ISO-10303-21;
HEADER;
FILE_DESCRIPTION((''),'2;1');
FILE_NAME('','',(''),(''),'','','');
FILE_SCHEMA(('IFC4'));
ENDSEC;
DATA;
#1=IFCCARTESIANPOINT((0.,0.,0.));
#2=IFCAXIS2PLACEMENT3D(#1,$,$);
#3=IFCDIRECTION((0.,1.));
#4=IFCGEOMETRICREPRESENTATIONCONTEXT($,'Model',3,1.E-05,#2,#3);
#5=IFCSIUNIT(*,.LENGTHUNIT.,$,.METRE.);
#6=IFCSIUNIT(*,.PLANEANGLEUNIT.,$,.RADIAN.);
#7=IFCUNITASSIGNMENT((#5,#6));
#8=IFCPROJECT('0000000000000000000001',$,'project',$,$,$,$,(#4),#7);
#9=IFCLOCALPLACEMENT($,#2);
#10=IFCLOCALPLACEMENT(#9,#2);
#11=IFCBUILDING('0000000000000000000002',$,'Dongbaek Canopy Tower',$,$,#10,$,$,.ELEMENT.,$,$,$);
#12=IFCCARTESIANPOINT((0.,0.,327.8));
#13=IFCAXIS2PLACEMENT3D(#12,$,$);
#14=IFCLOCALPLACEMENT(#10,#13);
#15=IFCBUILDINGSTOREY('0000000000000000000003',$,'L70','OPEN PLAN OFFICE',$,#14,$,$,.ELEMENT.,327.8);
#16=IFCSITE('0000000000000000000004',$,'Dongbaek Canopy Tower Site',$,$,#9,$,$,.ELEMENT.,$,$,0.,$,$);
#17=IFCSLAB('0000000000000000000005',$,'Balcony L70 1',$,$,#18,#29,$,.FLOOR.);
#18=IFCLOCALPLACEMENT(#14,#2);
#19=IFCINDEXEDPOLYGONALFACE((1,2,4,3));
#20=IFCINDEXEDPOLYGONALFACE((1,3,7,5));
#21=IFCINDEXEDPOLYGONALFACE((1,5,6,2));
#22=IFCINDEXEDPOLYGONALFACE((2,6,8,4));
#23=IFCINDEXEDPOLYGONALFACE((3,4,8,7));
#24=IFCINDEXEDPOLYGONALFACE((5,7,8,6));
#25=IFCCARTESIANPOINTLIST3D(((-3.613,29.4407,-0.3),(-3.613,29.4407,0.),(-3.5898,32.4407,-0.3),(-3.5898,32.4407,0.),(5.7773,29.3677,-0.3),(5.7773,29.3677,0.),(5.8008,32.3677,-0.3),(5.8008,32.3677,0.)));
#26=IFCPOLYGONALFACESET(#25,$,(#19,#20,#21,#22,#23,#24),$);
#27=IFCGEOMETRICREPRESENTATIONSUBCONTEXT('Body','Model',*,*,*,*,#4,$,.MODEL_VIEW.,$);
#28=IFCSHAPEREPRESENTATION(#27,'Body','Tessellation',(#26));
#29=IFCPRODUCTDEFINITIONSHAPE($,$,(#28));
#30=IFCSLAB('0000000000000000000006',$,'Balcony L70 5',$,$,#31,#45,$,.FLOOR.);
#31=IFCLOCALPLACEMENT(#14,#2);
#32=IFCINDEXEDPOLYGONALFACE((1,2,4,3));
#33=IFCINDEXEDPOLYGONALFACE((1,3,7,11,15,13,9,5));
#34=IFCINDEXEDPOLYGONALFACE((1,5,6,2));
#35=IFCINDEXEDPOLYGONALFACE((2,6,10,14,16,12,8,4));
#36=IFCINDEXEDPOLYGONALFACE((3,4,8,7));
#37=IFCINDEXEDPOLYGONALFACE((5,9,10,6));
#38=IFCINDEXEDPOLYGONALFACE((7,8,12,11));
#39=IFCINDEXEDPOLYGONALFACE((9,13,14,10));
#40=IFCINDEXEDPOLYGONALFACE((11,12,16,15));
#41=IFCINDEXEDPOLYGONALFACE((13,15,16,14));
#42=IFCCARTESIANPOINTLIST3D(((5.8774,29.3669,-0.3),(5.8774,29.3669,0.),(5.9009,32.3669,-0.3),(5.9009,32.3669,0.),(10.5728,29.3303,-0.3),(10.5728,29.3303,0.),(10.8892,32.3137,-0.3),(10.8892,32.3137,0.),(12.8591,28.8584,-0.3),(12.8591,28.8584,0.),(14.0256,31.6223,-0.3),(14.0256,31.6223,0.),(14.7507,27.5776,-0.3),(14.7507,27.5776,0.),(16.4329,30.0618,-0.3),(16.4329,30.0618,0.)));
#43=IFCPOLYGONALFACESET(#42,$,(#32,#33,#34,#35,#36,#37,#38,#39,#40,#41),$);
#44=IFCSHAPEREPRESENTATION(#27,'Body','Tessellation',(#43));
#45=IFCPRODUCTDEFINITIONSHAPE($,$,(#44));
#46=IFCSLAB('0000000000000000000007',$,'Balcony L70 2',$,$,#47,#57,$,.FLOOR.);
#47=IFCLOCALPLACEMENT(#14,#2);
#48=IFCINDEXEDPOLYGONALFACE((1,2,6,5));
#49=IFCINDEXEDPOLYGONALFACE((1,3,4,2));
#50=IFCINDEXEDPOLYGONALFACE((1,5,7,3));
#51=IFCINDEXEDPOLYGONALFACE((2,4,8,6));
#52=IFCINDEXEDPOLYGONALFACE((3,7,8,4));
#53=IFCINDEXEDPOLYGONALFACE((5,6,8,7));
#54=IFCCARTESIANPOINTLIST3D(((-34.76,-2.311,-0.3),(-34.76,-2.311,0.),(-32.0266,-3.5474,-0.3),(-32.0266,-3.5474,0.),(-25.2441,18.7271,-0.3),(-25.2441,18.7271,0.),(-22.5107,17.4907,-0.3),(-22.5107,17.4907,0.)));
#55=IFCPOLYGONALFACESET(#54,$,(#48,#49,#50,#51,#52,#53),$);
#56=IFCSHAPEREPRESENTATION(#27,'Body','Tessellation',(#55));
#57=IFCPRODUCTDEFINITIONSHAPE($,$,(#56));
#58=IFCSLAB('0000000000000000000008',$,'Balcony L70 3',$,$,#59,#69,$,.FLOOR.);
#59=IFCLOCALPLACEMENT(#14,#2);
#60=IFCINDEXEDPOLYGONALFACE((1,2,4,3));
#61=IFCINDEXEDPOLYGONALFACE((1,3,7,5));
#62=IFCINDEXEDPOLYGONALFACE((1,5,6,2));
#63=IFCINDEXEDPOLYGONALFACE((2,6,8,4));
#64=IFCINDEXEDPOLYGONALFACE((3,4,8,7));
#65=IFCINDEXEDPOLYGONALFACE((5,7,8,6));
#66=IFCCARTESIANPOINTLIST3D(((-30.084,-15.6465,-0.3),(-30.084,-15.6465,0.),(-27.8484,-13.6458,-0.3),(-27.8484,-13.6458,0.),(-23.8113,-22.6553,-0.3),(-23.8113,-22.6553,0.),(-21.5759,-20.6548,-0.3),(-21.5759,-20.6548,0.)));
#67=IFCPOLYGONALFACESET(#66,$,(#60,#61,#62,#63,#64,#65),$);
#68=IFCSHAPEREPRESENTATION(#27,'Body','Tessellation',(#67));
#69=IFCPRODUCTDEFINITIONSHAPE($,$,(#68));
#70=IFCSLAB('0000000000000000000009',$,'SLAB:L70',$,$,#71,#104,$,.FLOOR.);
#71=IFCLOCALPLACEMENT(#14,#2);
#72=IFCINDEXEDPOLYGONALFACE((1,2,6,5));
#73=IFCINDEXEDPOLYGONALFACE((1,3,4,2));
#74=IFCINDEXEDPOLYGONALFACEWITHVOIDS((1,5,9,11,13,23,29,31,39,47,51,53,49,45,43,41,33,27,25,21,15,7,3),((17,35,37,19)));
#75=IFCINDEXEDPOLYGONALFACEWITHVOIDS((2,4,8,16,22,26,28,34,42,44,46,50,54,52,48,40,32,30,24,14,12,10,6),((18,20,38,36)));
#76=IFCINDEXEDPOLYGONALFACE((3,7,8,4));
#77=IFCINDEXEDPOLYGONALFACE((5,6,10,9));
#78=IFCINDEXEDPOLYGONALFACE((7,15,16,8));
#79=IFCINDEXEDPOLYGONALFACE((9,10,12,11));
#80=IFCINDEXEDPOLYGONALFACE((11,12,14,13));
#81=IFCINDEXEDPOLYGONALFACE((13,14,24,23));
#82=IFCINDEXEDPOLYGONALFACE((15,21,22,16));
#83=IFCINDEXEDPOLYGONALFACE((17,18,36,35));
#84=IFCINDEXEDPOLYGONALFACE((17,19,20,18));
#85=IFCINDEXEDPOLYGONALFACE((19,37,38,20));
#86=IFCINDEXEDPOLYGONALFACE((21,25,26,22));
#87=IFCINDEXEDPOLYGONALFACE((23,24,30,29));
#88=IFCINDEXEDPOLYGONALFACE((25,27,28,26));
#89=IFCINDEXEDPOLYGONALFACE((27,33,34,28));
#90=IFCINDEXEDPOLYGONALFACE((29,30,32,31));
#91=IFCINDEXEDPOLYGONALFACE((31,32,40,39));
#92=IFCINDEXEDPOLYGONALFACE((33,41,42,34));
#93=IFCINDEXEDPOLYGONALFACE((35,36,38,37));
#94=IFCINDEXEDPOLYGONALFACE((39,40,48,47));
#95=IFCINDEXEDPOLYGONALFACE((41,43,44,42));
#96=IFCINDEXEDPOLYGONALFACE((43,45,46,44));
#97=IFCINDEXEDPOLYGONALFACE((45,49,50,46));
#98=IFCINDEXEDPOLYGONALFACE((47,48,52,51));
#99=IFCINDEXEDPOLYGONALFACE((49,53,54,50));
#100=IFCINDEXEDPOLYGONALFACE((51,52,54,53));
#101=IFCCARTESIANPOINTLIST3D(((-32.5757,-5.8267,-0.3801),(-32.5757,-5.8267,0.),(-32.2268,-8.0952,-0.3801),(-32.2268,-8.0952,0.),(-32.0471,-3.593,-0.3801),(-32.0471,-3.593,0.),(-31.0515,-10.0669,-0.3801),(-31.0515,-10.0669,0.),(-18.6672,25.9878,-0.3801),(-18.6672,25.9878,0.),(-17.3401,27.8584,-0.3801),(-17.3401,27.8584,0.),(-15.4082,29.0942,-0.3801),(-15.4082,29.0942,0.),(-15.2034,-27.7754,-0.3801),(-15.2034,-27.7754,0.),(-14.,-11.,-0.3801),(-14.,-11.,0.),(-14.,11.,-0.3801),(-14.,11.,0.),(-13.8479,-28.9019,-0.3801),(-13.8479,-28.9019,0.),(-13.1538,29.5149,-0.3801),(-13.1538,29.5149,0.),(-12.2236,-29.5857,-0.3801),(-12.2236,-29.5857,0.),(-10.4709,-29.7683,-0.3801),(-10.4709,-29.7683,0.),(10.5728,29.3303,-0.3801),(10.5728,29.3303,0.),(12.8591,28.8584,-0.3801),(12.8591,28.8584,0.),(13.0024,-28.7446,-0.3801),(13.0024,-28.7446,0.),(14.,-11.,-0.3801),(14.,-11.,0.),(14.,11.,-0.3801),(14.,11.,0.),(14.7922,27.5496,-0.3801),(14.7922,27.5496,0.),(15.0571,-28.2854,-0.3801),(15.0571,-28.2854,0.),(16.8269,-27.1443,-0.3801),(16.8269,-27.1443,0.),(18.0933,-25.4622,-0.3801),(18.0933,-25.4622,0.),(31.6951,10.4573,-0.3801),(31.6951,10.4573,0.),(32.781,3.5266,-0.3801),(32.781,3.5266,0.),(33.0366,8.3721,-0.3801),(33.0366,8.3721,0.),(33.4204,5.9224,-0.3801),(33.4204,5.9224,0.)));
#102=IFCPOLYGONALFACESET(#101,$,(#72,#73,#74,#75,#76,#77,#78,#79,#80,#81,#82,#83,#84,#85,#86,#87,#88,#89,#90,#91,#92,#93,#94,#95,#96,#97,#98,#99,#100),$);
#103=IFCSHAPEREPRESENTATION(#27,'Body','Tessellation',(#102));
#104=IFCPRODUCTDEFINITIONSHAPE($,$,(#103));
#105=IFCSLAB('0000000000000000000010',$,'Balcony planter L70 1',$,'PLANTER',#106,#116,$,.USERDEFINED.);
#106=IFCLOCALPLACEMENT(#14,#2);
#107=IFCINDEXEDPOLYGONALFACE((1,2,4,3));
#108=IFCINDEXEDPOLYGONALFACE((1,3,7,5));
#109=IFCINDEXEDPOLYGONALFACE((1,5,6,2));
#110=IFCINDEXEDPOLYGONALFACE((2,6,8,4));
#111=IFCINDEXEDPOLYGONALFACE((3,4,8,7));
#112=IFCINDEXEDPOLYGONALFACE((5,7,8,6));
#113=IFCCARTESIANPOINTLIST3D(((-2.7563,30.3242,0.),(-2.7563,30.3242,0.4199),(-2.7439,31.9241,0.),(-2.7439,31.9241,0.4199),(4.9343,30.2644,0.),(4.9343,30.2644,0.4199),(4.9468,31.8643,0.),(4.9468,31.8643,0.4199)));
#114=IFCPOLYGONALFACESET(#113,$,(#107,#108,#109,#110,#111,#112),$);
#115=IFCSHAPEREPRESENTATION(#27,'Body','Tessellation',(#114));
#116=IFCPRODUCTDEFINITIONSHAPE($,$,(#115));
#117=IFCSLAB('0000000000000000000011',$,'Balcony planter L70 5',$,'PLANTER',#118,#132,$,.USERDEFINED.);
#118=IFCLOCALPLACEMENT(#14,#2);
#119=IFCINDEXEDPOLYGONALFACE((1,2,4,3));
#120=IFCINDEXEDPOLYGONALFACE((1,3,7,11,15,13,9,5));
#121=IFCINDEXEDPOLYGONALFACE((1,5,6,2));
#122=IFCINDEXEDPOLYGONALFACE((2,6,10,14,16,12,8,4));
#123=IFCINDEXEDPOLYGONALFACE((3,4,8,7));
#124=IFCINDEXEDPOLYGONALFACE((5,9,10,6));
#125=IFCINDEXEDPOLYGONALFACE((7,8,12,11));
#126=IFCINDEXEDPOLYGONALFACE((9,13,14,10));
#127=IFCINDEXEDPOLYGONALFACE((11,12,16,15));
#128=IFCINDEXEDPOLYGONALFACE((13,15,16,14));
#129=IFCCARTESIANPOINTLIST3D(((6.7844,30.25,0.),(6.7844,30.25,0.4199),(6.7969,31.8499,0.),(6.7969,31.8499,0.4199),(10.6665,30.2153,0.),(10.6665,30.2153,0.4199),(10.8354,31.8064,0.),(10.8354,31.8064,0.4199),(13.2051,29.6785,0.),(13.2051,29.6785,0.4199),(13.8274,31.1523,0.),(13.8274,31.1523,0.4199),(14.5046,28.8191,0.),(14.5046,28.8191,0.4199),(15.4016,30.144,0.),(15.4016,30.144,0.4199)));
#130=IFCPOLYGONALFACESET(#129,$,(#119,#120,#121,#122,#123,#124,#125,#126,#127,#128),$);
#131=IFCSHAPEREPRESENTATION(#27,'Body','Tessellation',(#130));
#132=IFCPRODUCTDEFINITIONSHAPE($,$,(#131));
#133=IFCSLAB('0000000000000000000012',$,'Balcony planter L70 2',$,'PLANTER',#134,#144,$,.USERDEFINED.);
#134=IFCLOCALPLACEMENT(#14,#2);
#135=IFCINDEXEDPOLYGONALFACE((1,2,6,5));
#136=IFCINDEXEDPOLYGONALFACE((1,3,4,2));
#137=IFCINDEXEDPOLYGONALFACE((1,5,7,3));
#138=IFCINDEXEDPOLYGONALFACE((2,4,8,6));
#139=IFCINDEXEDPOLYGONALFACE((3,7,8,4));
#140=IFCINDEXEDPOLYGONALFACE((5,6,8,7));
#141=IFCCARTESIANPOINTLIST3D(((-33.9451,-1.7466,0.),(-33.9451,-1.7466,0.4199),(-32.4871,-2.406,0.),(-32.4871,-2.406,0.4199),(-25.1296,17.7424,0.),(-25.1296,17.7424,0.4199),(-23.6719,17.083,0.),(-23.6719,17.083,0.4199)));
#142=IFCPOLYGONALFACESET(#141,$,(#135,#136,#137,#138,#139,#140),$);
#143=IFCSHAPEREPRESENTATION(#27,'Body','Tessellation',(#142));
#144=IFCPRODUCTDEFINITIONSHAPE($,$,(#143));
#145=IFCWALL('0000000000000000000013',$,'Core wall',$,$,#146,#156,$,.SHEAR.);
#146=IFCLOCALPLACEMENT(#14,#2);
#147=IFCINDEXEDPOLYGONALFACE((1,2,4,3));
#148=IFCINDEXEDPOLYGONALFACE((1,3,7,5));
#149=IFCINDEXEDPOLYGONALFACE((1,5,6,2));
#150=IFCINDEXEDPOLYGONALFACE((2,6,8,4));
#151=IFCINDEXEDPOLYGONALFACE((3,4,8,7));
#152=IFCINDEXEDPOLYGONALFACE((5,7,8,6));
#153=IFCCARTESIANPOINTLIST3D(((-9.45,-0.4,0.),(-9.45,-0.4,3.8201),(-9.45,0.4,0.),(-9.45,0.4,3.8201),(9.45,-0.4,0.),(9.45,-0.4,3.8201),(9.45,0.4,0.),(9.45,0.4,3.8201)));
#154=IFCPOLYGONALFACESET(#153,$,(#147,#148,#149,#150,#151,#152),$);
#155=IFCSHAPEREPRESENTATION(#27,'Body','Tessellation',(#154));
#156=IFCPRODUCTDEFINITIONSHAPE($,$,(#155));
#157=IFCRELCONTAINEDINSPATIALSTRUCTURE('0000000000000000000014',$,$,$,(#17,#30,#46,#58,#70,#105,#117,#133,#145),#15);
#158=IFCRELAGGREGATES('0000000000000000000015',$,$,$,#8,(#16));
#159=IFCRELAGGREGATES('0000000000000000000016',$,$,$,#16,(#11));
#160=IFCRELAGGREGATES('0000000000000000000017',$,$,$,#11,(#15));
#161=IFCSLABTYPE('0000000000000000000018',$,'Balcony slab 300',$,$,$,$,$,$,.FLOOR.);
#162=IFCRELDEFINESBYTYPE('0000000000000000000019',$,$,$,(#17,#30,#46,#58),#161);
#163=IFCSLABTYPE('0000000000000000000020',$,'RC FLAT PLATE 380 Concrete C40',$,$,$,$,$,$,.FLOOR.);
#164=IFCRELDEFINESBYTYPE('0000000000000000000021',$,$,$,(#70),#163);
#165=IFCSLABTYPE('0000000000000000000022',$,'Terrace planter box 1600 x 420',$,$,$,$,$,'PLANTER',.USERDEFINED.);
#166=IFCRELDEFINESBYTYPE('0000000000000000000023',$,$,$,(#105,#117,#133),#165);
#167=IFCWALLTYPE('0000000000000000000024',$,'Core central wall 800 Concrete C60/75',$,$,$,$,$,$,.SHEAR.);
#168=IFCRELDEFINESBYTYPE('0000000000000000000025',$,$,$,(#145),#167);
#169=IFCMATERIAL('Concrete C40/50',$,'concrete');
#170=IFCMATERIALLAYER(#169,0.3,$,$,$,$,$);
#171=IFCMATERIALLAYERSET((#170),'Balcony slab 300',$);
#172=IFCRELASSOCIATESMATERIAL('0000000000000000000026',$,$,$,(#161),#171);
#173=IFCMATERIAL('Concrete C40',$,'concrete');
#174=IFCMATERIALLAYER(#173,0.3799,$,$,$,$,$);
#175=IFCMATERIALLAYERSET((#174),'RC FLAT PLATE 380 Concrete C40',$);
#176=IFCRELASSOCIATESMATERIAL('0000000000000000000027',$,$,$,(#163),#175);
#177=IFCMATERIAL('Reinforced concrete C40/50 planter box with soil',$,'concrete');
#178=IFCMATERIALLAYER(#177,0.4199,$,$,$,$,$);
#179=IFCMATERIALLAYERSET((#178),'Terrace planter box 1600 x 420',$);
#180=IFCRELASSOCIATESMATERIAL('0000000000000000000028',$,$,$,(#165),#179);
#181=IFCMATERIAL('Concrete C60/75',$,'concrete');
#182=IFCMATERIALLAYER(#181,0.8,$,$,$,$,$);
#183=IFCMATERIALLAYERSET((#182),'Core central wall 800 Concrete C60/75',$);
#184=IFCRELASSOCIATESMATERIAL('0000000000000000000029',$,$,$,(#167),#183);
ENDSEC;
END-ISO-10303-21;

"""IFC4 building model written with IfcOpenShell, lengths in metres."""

from ifc_helpers import new_model, si_unit, direction, frame, frame_2d, origin, place, context, subcontext, project, spatial, polyline, rectangle, outline, extrude, material, layer, layer_set, type_object, element, save


model = new_model("IFC4")

# Units and contexts
model_context = context("Model", 3, precision=1e-05, world=origin(), true_north=direction((0.0, 1.0)))
body_context = subcontext(model_context, "Body", "Model", "MODEL_VIEW")
ifc_project = project(units=[si_unit("LENGTHUNIT", "METRE"), si_unit("PLANEANGLEUNIT", "RADIAN")], contexts=[model_context])

# Site, building, storey
site_placement = place(None, origin())
site = spatial("IfcSite", under=ifc_project, at=site_placement, Name="Dongbaek Canopy Tower Site", CompositionType="ELEMENT", RefElevation=0.0)
building_placement = place(site_placement, origin())
building = spatial("IfcBuilding", under=site, at=building_placement, Name="Dongbaek Canopy Tower", CompositionType="ELEMENT")
storey_placement = place(building_placement, frame((0.0, 0.0, 327.8)))
storey = spatial("IfcBuildingStorey", under=building, at=storey_placement, Name="L70", Description="OPEN PLAN OFFICE", CompositionType="ELEMENT", Elevation=327.8)

# Slabs
ifc_material_1 = material(Name="Concrete C40/50", Category="concrete")
ifc_layer_1 = layer(ifc_material_1, 0.3)
ifc_layer_set_1 = layer_set([ifc_layer_1], Name="Balcony slab 300")
slab_type_1 = type_object("IfcSlabType", Name="Balcony slab 300", PredefinedType="FLOOR", material=ifc_layer_set_1)
slab_1_placement = place(storey_placement, frame((0.0, 0.0, -0.3)))
element("IfcSlab", 1, at=slab_1_placement, inside=storey, type_object=slab_type_1, Name="Balcony L70 1", PredefinedType="FLOOR", context=body_context, shape_type="SweptSolid", body=[
    extrude(outline(polyline([(5.7773, 29.3677), (-3.613, 29.4407), (-3.5898, 32.4407), (5.8008, 32.3677), (5.7773, 29.3677)])), origin(), (0.0, 0.0, 1.0), 0.3),
])
slab_2_placement = place(storey_placement, frame((0.0, 0.0, -0.3)))
element("IfcSlab", 2, at=slab_2_placement, inside=storey, type_object=slab_type_1, Name="Balcony L70 5", PredefinedType="FLOOR", context=body_context, shape_type="SweptSolid", body=[
    extrude(outline(polyline([(14.7507, 27.5776), (12.8591, 28.8584), (10.5728, 29.3303), (5.8774, 29.3669), (5.9009, 32.3669), (10.8892, 32.3137), (14.0256, 31.6223), (16.4329, 30.0618), (14.7507, 27.5776)])), origin(), (0.0, 0.0, 1.0), 0.3),
])
slab_3_placement = place(storey_placement, frame((0.0, 0.0, -0.3)))
element("IfcSlab", 3, at=slab_3_placement, inside=storey, type_object=slab_type_1, Name="Balcony L70 2", PredefinedType="FLOOR", context=body_context, shape_type="SweptSolid", body=[
    extrude(outline(polyline([(-22.5107, 17.4907), (-32.0266, -3.5474), (-34.76, -2.311), (-25.2441, 18.7271), (-22.5107, 17.4907)])), origin(), (0.0, 0.0, 1.0), 0.3),
])
slab_4_placement = place(storey_placement, frame((0.0, 0.0, -0.3)))
element("IfcSlab", 4, at=slab_4_placement, inside=storey, type_object=slab_type_1, Name="Balcony L70 3", PredefinedType="FLOOR", context=body_context, shape_type="SweptSolid", body=[
    extrude(outline(polyline([(-27.8484, -13.6458), (-21.5759, -20.6548), (-23.8113, -22.6553), (-30.084, -15.6465), (-27.8484, -13.6458)])), origin(), (0.0, 0.0, 1.0), 0.3),
])
ifc_material_2 = material(Name="Concrete C40", Category="concrete")
ifc_layer_2 = layer(ifc_material_2, 0.3799)
ifc_layer_set_2 = layer_set([ifc_layer_2], Name="RC FLAT PLATE 380 Concrete C40")
slab_type_2 = type_object("IfcSlabType", Name="RC FLAT PLATE 380 Concrete C40", PredefinedType="FLOOR", material=ifc_layer_set_2)
slab_5_placement = place(storey_placement, frame((0.0, 0.0, -0.3801)))
element("IfcSlab", 5, at=slab_5_placement, inside=storey, type_object=slab_type_2, Name="SLAB:L70", PredefinedType="FLOOR", context=body_context, shape_type="SweptSolid", body=[
    extrude(outline(polyline([(18.0933, -25.4622), (16.8269, -27.1443), (15.0571, -28.2854), (13.0024, -28.7446), (-10.4709, -29.7683), (-12.2236, -29.5857), (-13.8479, -28.9019), (-15.2034, -27.7754), (-31.0515, -10.0669), (-32.2268, -8.0952), (-32.5757, -5.8267), (-32.0471, -3.593), (-18.6672, 25.9878), (-17.3401, 27.8584), (-15.4082, 29.0942), (-13.1538, 29.5149), (10.5728, 29.3303), (12.8591, 28.8584), (14.7922, 27.5496), (31.6951, 10.4573), (33.0366, 8.3721), (33.4204, 5.9224), (32.781, 3.5266), (18.0933, -25.4622)]), holes=[polyline([(14.0, 11.0), (-14.0, 11.0), (-14.0, -11.0), (14.0, -11.0), (14.0, 11.0)])]), origin(), (0.0, 0.0, 1.0), 0.3801),
])
ifc_material_3 = material(Name="Reinforced concrete C40/50 planter box with soil", Category="concrete")
ifc_layer_3 = layer(ifc_material_3, 0.4199)
ifc_layer_set_3 = layer_set([ifc_layer_3], Name="Terrace planter box 1600 x 420")
slab_type_3 = type_object("IfcSlabType", Name="Terrace planter box 1600 x 420", ElementType="PLANTER", PredefinedType="USERDEFINED", material=ifc_layer_set_3)
slab_6_placement = place(storey_placement, origin())
element("IfcSlab", 6, at=slab_6_placement, inside=storey, type_object=slab_type_3, Name="Balcony planter L70 1", ObjectType="PLANTER", PredefinedType="USERDEFINED", context=body_context, shape_type="SweptSolid", body=[
    extrude(outline(polyline([(4.9343, 30.2644), (-2.7563, 30.3242), (-2.7439, 31.9241), (4.9468, 31.8643), (4.9343, 30.2644)])), origin(), (0.0, 0.0, 1.0), 0.4199),
])
slab_7_placement = place(storey_placement, origin())
element("IfcSlab", 7, at=slab_7_placement, inside=storey, type_object=slab_type_3, Name="Balcony planter L70 5", ObjectType="PLANTER", PredefinedType="USERDEFINED", context=body_context, shape_type="SweptSolid", body=[
    extrude(outline(polyline([(14.5046, 28.8191), (13.2051, 29.6785), (10.6665, 30.2153), (6.7844, 30.25), (6.7969, 31.8499), (10.8354, 31.8064), (13.8274, 31.1523), (15.4016, 30.144), (14.5046, 28.8191)])), origin(), (0.0, 0.0, 1.0), 0.4199),
])
slab_8_placement = place(storey_placement, origin())
element("IfcSlab", 8, at=slab_8_placement, inside=storey, type_object=slab_type_3, Name="Balcony planter L70 2", ObjectType="PLANTER", PredefinedType="USERDEFINED", context=body_context, shape_type="SweptSolid", body=[
    extrude(outline(polyline([(-23.6719, 17.083), (-32.4871, -2.406), (-33.9451, -1.7466), (-25.1296, 17.7424), (-23.6719, 17.083)])), origin(), (0.0, 0.0, 1.0), 0.4199),
])

# Wall
ifc_material_4 = material(Name="Concrete C60/75", Category="concrete")
ifc_layer_4 = layer(ifc_material_4, 0.8)
ifc_layer_set_4 = layer_set([ifc_layer_4], Name="Core central wall 800 Concrete C60/75")
wall_type_1 = type_object("IfcWallType", Name="Core central wall 800 Concrete C60/75", PredefinedType="SHEAR", material=ifc_layer_set_4)
wall_1_placement = place(storey_placement, frame((-9.45, 0.0, 0.0), z_axis=(0.0, 0.0, 1.0), x_axis=(1.0, 0.0, 0.0)))
element("IfcWall", 9, at=wall_1_placement, inside=storey, type_object=wall_type_1, Name="Core wall", PredefinedType="SHEAR", context=body_context, shape_type="SweptSolid", body=[
    extrude(rectangle(XDim=18.8999, YDim=0.8, at=frame_2d((9.45, 0.0))), origin(), (0.0, 0.0, 1.0), 3.8201),
])

save(model, "model.ifc")
